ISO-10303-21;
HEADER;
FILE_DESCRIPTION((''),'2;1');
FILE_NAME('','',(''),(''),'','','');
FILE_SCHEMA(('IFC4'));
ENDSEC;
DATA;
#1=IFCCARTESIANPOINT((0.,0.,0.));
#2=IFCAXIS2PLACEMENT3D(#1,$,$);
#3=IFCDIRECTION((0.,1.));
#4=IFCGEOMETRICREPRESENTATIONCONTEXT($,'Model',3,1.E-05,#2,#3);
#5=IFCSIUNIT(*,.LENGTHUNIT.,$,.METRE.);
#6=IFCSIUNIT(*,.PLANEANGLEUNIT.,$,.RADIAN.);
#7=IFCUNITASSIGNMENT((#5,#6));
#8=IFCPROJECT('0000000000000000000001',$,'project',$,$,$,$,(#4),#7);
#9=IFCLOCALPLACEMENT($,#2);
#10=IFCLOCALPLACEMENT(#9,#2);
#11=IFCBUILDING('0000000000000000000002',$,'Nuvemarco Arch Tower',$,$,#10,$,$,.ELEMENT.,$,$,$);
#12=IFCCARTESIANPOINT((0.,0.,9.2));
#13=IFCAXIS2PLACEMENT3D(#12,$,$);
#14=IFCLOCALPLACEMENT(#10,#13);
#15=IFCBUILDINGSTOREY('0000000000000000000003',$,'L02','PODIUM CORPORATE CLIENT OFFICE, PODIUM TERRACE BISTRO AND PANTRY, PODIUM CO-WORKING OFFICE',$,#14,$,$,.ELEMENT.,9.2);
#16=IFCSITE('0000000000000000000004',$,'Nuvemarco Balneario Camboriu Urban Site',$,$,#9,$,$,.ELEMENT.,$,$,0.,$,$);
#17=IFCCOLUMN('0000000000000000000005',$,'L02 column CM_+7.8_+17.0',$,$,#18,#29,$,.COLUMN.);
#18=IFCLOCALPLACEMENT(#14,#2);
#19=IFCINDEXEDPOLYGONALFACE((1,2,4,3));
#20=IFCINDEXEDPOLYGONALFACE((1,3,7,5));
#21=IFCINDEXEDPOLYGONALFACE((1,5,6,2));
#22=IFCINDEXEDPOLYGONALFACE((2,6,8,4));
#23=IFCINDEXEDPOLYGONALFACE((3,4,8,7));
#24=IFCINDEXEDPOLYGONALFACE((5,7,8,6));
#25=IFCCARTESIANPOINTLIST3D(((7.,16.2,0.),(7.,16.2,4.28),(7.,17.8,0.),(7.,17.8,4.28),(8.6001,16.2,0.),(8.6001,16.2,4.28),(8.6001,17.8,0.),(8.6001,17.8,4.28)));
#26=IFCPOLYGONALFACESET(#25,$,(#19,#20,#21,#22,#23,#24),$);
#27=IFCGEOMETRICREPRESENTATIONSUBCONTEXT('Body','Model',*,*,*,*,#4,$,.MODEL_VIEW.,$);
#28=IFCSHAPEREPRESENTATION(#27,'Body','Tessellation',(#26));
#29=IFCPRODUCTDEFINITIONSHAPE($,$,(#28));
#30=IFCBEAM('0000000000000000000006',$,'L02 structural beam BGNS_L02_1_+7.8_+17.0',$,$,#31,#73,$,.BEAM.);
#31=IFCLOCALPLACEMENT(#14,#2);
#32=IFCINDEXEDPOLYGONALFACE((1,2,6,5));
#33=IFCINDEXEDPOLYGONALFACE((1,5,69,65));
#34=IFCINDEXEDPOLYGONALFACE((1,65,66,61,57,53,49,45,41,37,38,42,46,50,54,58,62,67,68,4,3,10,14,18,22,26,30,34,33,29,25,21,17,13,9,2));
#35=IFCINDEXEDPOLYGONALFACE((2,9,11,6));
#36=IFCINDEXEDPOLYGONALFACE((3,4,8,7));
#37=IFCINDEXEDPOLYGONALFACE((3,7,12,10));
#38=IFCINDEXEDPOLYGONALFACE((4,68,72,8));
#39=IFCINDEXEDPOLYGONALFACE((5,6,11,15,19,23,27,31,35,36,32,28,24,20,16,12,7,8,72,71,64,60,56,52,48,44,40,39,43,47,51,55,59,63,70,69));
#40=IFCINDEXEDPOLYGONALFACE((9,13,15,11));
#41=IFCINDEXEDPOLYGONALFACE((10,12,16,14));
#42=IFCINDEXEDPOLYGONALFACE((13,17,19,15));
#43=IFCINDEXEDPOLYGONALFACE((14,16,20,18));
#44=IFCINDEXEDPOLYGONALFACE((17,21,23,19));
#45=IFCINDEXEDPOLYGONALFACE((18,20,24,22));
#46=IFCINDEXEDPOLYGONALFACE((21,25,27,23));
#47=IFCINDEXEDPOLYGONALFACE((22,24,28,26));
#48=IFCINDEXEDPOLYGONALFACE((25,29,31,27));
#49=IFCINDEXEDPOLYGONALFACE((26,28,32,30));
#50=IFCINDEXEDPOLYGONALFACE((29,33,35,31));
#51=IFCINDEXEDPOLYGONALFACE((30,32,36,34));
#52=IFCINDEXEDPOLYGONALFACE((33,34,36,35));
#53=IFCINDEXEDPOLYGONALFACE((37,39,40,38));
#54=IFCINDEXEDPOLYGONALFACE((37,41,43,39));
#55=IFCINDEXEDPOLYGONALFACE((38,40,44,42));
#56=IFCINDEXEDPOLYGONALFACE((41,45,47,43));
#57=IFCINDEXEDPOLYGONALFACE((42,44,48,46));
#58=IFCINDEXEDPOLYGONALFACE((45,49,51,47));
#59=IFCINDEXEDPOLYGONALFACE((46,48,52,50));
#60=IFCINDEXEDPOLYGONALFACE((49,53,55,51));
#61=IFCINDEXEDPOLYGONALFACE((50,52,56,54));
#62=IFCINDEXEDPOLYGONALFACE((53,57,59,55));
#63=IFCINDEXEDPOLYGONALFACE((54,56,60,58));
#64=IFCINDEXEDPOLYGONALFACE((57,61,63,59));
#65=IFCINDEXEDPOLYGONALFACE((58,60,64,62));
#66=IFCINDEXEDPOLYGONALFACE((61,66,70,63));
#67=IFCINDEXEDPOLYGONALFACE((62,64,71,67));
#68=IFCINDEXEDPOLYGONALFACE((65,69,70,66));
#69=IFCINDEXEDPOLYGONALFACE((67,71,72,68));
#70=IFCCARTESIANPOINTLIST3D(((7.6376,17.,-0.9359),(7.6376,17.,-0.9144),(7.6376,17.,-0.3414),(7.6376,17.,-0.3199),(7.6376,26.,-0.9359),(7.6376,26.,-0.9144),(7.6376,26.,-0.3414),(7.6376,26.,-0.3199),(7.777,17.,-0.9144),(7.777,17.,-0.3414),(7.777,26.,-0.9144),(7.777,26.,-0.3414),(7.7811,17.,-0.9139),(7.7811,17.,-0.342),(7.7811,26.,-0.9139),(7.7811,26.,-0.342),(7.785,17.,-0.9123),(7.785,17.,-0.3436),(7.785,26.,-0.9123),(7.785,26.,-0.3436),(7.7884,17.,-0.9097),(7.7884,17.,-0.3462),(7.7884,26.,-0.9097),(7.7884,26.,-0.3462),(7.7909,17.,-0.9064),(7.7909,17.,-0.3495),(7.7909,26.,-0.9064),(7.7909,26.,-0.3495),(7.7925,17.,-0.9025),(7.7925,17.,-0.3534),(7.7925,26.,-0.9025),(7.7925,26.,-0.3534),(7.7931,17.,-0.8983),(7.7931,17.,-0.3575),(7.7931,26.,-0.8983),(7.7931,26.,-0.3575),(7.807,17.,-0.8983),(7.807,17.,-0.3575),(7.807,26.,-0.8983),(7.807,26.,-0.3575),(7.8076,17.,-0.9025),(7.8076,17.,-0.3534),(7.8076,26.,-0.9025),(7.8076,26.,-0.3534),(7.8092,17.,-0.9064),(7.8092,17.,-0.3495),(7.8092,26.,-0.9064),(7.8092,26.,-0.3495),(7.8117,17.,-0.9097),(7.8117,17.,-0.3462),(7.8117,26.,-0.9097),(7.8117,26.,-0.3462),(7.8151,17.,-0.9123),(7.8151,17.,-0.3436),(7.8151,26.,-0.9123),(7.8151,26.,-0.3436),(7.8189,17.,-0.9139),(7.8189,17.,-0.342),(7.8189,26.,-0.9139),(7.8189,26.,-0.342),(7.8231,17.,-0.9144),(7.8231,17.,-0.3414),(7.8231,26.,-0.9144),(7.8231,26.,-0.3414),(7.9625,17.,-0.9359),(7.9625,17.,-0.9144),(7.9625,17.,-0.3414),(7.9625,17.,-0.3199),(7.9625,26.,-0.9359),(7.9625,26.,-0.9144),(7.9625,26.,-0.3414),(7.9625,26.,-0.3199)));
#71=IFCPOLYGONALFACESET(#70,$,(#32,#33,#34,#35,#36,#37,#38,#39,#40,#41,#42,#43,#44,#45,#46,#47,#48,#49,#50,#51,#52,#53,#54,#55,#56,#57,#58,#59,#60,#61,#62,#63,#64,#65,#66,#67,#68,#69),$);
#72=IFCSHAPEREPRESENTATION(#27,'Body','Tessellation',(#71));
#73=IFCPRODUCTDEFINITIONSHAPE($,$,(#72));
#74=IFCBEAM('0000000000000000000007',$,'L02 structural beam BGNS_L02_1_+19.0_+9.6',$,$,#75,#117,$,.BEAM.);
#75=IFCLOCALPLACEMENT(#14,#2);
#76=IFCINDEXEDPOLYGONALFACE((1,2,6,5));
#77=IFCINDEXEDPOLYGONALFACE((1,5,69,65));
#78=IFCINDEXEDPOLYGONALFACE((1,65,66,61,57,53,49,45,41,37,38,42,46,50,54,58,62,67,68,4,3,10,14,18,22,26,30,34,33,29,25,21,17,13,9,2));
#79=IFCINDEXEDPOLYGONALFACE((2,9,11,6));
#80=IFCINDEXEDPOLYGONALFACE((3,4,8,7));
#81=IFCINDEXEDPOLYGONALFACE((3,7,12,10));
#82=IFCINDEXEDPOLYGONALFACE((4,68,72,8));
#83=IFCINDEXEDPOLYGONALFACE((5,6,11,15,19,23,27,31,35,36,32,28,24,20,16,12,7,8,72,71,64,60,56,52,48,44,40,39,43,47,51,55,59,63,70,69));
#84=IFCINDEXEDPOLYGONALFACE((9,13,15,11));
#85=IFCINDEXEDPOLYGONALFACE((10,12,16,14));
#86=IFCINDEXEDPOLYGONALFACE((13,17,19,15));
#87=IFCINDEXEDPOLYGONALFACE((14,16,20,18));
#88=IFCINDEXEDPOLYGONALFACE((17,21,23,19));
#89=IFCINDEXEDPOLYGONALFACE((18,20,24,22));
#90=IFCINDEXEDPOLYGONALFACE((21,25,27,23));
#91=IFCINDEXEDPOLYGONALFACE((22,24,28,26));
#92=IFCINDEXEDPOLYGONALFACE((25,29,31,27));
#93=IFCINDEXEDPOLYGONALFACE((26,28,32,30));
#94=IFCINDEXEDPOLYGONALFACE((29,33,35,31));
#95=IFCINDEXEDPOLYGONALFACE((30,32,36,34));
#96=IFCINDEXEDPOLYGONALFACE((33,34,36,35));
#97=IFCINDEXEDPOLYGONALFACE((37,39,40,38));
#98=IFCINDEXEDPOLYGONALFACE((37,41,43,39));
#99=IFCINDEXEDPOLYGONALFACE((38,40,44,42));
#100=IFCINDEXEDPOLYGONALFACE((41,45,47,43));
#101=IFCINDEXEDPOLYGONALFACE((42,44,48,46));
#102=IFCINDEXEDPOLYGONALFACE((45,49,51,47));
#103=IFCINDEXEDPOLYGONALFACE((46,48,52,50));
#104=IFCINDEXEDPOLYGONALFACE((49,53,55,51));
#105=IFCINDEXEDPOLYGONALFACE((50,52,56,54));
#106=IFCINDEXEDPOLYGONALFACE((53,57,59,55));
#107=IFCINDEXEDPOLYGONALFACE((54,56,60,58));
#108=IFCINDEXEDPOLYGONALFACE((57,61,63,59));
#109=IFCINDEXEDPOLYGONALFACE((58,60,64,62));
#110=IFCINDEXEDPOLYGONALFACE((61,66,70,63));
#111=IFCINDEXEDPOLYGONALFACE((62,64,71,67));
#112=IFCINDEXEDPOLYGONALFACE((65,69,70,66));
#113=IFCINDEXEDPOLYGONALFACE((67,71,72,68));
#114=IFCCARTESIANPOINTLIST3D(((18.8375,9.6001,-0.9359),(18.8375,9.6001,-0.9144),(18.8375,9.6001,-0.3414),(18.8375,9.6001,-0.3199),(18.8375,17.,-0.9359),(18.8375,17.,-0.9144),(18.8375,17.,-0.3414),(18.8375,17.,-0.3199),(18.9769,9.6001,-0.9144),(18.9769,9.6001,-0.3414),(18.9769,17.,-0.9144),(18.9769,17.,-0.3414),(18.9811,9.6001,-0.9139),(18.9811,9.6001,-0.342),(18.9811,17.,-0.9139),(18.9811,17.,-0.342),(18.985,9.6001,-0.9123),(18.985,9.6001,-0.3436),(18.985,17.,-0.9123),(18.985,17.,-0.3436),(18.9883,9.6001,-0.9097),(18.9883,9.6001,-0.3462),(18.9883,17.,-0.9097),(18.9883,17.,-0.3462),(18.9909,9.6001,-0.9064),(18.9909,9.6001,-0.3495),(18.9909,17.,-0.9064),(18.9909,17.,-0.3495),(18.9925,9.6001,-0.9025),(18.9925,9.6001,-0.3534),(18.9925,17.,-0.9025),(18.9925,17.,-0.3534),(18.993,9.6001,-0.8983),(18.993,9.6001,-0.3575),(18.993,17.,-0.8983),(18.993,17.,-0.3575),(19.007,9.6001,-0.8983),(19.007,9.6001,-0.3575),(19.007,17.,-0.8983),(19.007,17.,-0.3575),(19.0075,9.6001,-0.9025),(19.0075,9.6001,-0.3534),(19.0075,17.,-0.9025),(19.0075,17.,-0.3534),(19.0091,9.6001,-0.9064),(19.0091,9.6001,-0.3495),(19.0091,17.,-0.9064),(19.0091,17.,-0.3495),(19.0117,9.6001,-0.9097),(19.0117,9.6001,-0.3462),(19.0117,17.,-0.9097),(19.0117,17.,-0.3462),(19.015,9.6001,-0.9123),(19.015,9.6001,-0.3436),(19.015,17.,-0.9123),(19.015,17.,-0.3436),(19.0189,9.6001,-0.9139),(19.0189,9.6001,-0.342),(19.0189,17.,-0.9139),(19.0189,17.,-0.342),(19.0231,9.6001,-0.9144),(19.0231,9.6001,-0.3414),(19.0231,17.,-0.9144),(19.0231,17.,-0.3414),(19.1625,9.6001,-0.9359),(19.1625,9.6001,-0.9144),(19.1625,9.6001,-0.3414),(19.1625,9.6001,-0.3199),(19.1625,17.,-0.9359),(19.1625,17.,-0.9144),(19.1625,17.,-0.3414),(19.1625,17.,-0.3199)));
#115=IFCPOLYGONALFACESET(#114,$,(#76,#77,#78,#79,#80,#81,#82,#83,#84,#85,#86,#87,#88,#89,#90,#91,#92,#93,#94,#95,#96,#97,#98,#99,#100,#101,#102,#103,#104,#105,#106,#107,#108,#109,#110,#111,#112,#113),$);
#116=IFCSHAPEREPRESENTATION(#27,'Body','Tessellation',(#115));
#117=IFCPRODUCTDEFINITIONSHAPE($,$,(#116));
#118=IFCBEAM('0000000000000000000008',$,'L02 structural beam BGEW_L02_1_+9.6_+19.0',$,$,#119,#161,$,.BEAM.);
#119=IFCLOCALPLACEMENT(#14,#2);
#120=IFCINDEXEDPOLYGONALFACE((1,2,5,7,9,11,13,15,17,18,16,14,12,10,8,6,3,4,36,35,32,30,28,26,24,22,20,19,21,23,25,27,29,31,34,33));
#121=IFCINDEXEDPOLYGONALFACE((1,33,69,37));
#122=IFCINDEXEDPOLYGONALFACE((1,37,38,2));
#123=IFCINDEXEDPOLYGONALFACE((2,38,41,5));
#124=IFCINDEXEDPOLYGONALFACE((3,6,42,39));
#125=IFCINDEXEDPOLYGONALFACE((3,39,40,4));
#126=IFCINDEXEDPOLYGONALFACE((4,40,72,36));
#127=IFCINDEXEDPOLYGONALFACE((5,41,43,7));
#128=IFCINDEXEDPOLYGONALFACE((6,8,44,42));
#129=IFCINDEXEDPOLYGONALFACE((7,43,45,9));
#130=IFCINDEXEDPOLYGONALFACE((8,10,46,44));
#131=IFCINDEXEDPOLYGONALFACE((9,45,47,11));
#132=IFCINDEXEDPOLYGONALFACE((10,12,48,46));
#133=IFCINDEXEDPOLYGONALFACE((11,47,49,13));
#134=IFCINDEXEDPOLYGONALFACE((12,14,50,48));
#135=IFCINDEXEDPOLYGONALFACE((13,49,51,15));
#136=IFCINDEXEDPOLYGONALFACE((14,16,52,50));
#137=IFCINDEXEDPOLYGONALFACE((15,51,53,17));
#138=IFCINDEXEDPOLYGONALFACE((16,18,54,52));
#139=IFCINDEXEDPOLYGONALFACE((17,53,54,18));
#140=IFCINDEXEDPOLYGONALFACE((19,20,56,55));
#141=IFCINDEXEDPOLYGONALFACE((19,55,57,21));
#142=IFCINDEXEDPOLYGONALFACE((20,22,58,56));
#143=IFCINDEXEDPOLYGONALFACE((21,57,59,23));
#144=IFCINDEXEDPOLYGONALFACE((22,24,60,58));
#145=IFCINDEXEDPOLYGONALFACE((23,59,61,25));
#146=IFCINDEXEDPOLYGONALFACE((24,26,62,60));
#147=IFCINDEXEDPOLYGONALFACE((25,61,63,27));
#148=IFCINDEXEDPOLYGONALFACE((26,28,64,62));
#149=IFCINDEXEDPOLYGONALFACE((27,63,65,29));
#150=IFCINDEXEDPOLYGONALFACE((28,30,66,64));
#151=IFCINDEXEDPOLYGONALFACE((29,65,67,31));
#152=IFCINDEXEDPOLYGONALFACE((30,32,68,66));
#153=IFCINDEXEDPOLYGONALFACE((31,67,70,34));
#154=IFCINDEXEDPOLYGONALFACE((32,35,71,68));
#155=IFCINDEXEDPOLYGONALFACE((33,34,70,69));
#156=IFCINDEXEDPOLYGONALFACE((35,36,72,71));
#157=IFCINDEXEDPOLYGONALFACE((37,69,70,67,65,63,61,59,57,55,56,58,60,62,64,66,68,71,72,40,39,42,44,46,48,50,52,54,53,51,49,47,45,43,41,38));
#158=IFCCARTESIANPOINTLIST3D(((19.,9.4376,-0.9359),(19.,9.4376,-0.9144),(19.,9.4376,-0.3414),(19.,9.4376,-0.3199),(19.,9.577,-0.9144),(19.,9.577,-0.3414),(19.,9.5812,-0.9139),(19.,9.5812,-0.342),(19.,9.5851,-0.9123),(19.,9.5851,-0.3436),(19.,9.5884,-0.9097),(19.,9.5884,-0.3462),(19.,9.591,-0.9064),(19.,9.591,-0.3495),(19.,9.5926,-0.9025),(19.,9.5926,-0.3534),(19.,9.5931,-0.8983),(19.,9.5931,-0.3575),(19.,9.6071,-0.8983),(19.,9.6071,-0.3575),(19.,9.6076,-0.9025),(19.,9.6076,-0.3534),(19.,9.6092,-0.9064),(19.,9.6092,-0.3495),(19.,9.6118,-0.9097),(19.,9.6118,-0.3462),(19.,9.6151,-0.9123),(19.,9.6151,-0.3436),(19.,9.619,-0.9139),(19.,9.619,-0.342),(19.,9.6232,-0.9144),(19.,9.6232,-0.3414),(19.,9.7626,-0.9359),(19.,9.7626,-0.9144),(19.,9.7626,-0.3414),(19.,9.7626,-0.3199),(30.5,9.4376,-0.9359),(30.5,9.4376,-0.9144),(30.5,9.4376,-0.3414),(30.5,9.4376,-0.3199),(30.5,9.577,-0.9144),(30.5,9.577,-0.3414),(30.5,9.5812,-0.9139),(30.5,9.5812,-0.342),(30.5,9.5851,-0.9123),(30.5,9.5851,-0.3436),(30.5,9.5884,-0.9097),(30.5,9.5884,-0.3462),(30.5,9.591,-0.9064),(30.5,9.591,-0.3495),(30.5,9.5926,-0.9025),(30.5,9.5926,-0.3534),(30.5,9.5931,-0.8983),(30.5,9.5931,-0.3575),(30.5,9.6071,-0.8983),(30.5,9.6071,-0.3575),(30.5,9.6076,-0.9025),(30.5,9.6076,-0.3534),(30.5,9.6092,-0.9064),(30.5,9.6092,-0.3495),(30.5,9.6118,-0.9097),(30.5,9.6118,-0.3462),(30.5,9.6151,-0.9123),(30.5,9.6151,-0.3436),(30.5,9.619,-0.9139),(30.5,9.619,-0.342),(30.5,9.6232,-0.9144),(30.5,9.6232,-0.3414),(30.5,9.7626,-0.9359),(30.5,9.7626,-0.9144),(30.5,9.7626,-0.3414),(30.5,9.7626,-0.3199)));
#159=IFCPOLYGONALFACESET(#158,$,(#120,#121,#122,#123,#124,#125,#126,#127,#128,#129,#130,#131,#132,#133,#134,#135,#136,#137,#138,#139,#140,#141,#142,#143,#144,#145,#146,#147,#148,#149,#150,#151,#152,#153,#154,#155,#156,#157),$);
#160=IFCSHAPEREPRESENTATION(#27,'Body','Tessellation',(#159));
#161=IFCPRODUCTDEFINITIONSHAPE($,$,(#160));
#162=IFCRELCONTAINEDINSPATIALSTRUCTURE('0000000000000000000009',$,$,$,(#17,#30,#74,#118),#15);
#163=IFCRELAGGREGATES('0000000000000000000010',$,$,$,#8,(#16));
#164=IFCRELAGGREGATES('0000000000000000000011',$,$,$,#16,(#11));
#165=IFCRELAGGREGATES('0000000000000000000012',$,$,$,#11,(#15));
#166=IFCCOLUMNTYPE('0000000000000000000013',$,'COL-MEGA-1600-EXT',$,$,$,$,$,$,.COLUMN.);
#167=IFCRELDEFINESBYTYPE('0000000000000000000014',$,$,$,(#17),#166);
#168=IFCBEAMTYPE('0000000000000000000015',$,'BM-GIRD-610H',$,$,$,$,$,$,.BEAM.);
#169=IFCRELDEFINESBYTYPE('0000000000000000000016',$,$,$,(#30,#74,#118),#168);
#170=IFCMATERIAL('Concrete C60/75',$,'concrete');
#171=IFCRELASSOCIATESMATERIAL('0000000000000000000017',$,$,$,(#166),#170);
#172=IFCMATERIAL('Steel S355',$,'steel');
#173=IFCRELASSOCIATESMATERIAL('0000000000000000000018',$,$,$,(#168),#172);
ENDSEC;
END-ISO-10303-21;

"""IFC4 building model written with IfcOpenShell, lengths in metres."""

from ifc_helpers import new_model, si_unit, direction, frame, origin, origin_2d, place, context, subcontext, project, spatial, rectangle, i_section, extrude, material, material_profile, profile_set, type_object, element, save


model = new_model("IFC4")

# Units and contexts
model_context = context("Model", 3, precision=1e-05, world=origin(), true_north=direction((0.0, 1.0)))
body_context = subcontext(model_context, "Body", "Model", "MODEL_VIEW")
ifc_project = project(units=[si_unit("LENGTHUNIT", "METRE"), si_unit("PLANEANGLEUNIT", "RADIAN")], contexts=[model_context])

# Site, building, storey
site_placement = place(None, origin())
site = spatial("IfcSite", under=ifc_project, at=site_placement, Name="Nuvemarco Balneario Camboriu Urban Site", CompositionType="ELEMENT", RefElevation=0.0)
building_placement = place(site_placement, origin())
building = spatial("IfcBuilding", under=site, at=building_placement, Name="Nuvemarco Arch Tower", CompositionType="ELEMENT")
storey_placement = place(building_placement, frame((0.0, 0.0, 9.2)))
storey = spatial("IfcBuildingStorey", under=building, at=storey_placement, Name="L02", Description="PODIUM CORPORATE CLIENT OFFICE, PODIUM TERRACE BISTRO AND PANTRY, PODIUM CO-WORKING OFFICE", CompositionType="ELEMENT", Elevation=9.2)

# Column
ifc_material_1 = material(Name="Concrete C60/75", Category="concrete")
ifc_material_profile_1 = material_profile(ifc_material_1, rectangle(XDim=1.6001, YDim=1.6001, at=origin_2d()), Name="RC-COL-1600x1600")
ifc_profile_set_1 = profile_set([ifc_material_profile_1], Name="Concrete C60/75")
column_type = type_object("IfcColumnType", Name="COL-MEGA-1600-EXT", PredefinedType="COLUMN", material=ifc_profile_set_1)
column_placement = place(storey_placement, frame((7.8, 17.0, 0.0), z_axis=(0.0, 0.0, 1.0), x_axis=(1.0, 0.0, 0.0)))
element("IfcColumn", 1, at=column_placement, inside=storey, type_object=column_type, Name="L02 column CM_+7.8_+17.0", PredefinedType="COLUMN", context=body_context, shape_type="SweptSolid", body=[
    extrude(rectangle(XDim=1.6001, YDim=1.6001, at=origin_2d()), origin(), (0.0, 0.0, 1.0), 4.28),
])

# Beams
ifc_material_2 = material(Name="Steel S355", Category="steel")
ifc_material_profile_2 = material_profile(ifc_material_2, i_section(OverallWidth=0.325, OverallDepth=0.616, WebThickness=0.0139, FlangeThickness=0.0215, FilletRadius=0.0161, at=origin_2d()), Name="W610x174")
ifc_profile_set_2 = profile_set([ifc_material_profile_2], Name="Steel S355")
beam_type = type_object("IfcBeamType", Name="BM-GIRD-610H", PredefinedType="BEAM", material=ifc_profile_set_2)
beam_1_placement = place(storey_placement, frame((7.8, 17.0, -0.6279), z_axis=(0.0, 1.0, 0.0), x_axis=(-1.0, 0.0, 0.0)))
element("IfcBeam", 2, at=beam_1_placement, inside=storey, type_object=beam_type, Name="L02 structural beam BGNS_L02_1_+7.8_+17.0", PredefinedType="BEAM", context=body_context, shape_type="SweptSolid", body=[
    extrude(i_section(OverallWidth=0.325, OverallDepth=0.616, WebThickness=0.0139, FlangeThickness=0.0215, FilletRadius=0.0161, at=origin_2d()), origin(), (0.0, 0.0, 1.0), 9.0),
])
beam_2_placement = place(storey_placement, frame((19.0, 9.6001, -0.6279), z_axis=(0.0, 1.0, 0.0), x_axis=(-1.0, 0.0, 0.0)))
element("IfcBeam", 3, at=beam_2_placement, inside=storey, type_object=beam_type, Name="L02 structural beam BGNS_L02_1_+19.0_+9.6", PredefinedType="BEAM", context=body_context, shape_type="SweptSolid", body=[
    extrude(i_section(OverallWidth=0.325, OverallDepth=0.616, WebThickness=0.0139, FlangeThickness=0.0215, FilletRadius=0.0161, at=origin_2d()), origin(), (0.0, 0.0, 1.0), 7.3999),
])
beam_3_placement = place(storey_placement, frame((19.0, 9.6001, -0.6279), z_axis=(1.0, 0.0, 0.0), x_axis=(0.0, 1.0, 0.0)))
element("IfcBeam", 4, at=beam_3_placement, inside=storey, type_object=beam_type, Name="L02 structural beam BGEW_L02_1_+9.6_+19.0", PredefinedType="BEAM", context=body_context, shape_type="SweptSolid", body=[
    extrude(i_section(OverallWidth=0.325, OverallDepth=0.616, WebThickness=0.0139, FlangeThickness=0.0215, FilletRadius=0.0161, at=origin_2d()), origin(), (0.0, 0.0, 1.0), 11.5),
])

save(model, "model.ifc")
